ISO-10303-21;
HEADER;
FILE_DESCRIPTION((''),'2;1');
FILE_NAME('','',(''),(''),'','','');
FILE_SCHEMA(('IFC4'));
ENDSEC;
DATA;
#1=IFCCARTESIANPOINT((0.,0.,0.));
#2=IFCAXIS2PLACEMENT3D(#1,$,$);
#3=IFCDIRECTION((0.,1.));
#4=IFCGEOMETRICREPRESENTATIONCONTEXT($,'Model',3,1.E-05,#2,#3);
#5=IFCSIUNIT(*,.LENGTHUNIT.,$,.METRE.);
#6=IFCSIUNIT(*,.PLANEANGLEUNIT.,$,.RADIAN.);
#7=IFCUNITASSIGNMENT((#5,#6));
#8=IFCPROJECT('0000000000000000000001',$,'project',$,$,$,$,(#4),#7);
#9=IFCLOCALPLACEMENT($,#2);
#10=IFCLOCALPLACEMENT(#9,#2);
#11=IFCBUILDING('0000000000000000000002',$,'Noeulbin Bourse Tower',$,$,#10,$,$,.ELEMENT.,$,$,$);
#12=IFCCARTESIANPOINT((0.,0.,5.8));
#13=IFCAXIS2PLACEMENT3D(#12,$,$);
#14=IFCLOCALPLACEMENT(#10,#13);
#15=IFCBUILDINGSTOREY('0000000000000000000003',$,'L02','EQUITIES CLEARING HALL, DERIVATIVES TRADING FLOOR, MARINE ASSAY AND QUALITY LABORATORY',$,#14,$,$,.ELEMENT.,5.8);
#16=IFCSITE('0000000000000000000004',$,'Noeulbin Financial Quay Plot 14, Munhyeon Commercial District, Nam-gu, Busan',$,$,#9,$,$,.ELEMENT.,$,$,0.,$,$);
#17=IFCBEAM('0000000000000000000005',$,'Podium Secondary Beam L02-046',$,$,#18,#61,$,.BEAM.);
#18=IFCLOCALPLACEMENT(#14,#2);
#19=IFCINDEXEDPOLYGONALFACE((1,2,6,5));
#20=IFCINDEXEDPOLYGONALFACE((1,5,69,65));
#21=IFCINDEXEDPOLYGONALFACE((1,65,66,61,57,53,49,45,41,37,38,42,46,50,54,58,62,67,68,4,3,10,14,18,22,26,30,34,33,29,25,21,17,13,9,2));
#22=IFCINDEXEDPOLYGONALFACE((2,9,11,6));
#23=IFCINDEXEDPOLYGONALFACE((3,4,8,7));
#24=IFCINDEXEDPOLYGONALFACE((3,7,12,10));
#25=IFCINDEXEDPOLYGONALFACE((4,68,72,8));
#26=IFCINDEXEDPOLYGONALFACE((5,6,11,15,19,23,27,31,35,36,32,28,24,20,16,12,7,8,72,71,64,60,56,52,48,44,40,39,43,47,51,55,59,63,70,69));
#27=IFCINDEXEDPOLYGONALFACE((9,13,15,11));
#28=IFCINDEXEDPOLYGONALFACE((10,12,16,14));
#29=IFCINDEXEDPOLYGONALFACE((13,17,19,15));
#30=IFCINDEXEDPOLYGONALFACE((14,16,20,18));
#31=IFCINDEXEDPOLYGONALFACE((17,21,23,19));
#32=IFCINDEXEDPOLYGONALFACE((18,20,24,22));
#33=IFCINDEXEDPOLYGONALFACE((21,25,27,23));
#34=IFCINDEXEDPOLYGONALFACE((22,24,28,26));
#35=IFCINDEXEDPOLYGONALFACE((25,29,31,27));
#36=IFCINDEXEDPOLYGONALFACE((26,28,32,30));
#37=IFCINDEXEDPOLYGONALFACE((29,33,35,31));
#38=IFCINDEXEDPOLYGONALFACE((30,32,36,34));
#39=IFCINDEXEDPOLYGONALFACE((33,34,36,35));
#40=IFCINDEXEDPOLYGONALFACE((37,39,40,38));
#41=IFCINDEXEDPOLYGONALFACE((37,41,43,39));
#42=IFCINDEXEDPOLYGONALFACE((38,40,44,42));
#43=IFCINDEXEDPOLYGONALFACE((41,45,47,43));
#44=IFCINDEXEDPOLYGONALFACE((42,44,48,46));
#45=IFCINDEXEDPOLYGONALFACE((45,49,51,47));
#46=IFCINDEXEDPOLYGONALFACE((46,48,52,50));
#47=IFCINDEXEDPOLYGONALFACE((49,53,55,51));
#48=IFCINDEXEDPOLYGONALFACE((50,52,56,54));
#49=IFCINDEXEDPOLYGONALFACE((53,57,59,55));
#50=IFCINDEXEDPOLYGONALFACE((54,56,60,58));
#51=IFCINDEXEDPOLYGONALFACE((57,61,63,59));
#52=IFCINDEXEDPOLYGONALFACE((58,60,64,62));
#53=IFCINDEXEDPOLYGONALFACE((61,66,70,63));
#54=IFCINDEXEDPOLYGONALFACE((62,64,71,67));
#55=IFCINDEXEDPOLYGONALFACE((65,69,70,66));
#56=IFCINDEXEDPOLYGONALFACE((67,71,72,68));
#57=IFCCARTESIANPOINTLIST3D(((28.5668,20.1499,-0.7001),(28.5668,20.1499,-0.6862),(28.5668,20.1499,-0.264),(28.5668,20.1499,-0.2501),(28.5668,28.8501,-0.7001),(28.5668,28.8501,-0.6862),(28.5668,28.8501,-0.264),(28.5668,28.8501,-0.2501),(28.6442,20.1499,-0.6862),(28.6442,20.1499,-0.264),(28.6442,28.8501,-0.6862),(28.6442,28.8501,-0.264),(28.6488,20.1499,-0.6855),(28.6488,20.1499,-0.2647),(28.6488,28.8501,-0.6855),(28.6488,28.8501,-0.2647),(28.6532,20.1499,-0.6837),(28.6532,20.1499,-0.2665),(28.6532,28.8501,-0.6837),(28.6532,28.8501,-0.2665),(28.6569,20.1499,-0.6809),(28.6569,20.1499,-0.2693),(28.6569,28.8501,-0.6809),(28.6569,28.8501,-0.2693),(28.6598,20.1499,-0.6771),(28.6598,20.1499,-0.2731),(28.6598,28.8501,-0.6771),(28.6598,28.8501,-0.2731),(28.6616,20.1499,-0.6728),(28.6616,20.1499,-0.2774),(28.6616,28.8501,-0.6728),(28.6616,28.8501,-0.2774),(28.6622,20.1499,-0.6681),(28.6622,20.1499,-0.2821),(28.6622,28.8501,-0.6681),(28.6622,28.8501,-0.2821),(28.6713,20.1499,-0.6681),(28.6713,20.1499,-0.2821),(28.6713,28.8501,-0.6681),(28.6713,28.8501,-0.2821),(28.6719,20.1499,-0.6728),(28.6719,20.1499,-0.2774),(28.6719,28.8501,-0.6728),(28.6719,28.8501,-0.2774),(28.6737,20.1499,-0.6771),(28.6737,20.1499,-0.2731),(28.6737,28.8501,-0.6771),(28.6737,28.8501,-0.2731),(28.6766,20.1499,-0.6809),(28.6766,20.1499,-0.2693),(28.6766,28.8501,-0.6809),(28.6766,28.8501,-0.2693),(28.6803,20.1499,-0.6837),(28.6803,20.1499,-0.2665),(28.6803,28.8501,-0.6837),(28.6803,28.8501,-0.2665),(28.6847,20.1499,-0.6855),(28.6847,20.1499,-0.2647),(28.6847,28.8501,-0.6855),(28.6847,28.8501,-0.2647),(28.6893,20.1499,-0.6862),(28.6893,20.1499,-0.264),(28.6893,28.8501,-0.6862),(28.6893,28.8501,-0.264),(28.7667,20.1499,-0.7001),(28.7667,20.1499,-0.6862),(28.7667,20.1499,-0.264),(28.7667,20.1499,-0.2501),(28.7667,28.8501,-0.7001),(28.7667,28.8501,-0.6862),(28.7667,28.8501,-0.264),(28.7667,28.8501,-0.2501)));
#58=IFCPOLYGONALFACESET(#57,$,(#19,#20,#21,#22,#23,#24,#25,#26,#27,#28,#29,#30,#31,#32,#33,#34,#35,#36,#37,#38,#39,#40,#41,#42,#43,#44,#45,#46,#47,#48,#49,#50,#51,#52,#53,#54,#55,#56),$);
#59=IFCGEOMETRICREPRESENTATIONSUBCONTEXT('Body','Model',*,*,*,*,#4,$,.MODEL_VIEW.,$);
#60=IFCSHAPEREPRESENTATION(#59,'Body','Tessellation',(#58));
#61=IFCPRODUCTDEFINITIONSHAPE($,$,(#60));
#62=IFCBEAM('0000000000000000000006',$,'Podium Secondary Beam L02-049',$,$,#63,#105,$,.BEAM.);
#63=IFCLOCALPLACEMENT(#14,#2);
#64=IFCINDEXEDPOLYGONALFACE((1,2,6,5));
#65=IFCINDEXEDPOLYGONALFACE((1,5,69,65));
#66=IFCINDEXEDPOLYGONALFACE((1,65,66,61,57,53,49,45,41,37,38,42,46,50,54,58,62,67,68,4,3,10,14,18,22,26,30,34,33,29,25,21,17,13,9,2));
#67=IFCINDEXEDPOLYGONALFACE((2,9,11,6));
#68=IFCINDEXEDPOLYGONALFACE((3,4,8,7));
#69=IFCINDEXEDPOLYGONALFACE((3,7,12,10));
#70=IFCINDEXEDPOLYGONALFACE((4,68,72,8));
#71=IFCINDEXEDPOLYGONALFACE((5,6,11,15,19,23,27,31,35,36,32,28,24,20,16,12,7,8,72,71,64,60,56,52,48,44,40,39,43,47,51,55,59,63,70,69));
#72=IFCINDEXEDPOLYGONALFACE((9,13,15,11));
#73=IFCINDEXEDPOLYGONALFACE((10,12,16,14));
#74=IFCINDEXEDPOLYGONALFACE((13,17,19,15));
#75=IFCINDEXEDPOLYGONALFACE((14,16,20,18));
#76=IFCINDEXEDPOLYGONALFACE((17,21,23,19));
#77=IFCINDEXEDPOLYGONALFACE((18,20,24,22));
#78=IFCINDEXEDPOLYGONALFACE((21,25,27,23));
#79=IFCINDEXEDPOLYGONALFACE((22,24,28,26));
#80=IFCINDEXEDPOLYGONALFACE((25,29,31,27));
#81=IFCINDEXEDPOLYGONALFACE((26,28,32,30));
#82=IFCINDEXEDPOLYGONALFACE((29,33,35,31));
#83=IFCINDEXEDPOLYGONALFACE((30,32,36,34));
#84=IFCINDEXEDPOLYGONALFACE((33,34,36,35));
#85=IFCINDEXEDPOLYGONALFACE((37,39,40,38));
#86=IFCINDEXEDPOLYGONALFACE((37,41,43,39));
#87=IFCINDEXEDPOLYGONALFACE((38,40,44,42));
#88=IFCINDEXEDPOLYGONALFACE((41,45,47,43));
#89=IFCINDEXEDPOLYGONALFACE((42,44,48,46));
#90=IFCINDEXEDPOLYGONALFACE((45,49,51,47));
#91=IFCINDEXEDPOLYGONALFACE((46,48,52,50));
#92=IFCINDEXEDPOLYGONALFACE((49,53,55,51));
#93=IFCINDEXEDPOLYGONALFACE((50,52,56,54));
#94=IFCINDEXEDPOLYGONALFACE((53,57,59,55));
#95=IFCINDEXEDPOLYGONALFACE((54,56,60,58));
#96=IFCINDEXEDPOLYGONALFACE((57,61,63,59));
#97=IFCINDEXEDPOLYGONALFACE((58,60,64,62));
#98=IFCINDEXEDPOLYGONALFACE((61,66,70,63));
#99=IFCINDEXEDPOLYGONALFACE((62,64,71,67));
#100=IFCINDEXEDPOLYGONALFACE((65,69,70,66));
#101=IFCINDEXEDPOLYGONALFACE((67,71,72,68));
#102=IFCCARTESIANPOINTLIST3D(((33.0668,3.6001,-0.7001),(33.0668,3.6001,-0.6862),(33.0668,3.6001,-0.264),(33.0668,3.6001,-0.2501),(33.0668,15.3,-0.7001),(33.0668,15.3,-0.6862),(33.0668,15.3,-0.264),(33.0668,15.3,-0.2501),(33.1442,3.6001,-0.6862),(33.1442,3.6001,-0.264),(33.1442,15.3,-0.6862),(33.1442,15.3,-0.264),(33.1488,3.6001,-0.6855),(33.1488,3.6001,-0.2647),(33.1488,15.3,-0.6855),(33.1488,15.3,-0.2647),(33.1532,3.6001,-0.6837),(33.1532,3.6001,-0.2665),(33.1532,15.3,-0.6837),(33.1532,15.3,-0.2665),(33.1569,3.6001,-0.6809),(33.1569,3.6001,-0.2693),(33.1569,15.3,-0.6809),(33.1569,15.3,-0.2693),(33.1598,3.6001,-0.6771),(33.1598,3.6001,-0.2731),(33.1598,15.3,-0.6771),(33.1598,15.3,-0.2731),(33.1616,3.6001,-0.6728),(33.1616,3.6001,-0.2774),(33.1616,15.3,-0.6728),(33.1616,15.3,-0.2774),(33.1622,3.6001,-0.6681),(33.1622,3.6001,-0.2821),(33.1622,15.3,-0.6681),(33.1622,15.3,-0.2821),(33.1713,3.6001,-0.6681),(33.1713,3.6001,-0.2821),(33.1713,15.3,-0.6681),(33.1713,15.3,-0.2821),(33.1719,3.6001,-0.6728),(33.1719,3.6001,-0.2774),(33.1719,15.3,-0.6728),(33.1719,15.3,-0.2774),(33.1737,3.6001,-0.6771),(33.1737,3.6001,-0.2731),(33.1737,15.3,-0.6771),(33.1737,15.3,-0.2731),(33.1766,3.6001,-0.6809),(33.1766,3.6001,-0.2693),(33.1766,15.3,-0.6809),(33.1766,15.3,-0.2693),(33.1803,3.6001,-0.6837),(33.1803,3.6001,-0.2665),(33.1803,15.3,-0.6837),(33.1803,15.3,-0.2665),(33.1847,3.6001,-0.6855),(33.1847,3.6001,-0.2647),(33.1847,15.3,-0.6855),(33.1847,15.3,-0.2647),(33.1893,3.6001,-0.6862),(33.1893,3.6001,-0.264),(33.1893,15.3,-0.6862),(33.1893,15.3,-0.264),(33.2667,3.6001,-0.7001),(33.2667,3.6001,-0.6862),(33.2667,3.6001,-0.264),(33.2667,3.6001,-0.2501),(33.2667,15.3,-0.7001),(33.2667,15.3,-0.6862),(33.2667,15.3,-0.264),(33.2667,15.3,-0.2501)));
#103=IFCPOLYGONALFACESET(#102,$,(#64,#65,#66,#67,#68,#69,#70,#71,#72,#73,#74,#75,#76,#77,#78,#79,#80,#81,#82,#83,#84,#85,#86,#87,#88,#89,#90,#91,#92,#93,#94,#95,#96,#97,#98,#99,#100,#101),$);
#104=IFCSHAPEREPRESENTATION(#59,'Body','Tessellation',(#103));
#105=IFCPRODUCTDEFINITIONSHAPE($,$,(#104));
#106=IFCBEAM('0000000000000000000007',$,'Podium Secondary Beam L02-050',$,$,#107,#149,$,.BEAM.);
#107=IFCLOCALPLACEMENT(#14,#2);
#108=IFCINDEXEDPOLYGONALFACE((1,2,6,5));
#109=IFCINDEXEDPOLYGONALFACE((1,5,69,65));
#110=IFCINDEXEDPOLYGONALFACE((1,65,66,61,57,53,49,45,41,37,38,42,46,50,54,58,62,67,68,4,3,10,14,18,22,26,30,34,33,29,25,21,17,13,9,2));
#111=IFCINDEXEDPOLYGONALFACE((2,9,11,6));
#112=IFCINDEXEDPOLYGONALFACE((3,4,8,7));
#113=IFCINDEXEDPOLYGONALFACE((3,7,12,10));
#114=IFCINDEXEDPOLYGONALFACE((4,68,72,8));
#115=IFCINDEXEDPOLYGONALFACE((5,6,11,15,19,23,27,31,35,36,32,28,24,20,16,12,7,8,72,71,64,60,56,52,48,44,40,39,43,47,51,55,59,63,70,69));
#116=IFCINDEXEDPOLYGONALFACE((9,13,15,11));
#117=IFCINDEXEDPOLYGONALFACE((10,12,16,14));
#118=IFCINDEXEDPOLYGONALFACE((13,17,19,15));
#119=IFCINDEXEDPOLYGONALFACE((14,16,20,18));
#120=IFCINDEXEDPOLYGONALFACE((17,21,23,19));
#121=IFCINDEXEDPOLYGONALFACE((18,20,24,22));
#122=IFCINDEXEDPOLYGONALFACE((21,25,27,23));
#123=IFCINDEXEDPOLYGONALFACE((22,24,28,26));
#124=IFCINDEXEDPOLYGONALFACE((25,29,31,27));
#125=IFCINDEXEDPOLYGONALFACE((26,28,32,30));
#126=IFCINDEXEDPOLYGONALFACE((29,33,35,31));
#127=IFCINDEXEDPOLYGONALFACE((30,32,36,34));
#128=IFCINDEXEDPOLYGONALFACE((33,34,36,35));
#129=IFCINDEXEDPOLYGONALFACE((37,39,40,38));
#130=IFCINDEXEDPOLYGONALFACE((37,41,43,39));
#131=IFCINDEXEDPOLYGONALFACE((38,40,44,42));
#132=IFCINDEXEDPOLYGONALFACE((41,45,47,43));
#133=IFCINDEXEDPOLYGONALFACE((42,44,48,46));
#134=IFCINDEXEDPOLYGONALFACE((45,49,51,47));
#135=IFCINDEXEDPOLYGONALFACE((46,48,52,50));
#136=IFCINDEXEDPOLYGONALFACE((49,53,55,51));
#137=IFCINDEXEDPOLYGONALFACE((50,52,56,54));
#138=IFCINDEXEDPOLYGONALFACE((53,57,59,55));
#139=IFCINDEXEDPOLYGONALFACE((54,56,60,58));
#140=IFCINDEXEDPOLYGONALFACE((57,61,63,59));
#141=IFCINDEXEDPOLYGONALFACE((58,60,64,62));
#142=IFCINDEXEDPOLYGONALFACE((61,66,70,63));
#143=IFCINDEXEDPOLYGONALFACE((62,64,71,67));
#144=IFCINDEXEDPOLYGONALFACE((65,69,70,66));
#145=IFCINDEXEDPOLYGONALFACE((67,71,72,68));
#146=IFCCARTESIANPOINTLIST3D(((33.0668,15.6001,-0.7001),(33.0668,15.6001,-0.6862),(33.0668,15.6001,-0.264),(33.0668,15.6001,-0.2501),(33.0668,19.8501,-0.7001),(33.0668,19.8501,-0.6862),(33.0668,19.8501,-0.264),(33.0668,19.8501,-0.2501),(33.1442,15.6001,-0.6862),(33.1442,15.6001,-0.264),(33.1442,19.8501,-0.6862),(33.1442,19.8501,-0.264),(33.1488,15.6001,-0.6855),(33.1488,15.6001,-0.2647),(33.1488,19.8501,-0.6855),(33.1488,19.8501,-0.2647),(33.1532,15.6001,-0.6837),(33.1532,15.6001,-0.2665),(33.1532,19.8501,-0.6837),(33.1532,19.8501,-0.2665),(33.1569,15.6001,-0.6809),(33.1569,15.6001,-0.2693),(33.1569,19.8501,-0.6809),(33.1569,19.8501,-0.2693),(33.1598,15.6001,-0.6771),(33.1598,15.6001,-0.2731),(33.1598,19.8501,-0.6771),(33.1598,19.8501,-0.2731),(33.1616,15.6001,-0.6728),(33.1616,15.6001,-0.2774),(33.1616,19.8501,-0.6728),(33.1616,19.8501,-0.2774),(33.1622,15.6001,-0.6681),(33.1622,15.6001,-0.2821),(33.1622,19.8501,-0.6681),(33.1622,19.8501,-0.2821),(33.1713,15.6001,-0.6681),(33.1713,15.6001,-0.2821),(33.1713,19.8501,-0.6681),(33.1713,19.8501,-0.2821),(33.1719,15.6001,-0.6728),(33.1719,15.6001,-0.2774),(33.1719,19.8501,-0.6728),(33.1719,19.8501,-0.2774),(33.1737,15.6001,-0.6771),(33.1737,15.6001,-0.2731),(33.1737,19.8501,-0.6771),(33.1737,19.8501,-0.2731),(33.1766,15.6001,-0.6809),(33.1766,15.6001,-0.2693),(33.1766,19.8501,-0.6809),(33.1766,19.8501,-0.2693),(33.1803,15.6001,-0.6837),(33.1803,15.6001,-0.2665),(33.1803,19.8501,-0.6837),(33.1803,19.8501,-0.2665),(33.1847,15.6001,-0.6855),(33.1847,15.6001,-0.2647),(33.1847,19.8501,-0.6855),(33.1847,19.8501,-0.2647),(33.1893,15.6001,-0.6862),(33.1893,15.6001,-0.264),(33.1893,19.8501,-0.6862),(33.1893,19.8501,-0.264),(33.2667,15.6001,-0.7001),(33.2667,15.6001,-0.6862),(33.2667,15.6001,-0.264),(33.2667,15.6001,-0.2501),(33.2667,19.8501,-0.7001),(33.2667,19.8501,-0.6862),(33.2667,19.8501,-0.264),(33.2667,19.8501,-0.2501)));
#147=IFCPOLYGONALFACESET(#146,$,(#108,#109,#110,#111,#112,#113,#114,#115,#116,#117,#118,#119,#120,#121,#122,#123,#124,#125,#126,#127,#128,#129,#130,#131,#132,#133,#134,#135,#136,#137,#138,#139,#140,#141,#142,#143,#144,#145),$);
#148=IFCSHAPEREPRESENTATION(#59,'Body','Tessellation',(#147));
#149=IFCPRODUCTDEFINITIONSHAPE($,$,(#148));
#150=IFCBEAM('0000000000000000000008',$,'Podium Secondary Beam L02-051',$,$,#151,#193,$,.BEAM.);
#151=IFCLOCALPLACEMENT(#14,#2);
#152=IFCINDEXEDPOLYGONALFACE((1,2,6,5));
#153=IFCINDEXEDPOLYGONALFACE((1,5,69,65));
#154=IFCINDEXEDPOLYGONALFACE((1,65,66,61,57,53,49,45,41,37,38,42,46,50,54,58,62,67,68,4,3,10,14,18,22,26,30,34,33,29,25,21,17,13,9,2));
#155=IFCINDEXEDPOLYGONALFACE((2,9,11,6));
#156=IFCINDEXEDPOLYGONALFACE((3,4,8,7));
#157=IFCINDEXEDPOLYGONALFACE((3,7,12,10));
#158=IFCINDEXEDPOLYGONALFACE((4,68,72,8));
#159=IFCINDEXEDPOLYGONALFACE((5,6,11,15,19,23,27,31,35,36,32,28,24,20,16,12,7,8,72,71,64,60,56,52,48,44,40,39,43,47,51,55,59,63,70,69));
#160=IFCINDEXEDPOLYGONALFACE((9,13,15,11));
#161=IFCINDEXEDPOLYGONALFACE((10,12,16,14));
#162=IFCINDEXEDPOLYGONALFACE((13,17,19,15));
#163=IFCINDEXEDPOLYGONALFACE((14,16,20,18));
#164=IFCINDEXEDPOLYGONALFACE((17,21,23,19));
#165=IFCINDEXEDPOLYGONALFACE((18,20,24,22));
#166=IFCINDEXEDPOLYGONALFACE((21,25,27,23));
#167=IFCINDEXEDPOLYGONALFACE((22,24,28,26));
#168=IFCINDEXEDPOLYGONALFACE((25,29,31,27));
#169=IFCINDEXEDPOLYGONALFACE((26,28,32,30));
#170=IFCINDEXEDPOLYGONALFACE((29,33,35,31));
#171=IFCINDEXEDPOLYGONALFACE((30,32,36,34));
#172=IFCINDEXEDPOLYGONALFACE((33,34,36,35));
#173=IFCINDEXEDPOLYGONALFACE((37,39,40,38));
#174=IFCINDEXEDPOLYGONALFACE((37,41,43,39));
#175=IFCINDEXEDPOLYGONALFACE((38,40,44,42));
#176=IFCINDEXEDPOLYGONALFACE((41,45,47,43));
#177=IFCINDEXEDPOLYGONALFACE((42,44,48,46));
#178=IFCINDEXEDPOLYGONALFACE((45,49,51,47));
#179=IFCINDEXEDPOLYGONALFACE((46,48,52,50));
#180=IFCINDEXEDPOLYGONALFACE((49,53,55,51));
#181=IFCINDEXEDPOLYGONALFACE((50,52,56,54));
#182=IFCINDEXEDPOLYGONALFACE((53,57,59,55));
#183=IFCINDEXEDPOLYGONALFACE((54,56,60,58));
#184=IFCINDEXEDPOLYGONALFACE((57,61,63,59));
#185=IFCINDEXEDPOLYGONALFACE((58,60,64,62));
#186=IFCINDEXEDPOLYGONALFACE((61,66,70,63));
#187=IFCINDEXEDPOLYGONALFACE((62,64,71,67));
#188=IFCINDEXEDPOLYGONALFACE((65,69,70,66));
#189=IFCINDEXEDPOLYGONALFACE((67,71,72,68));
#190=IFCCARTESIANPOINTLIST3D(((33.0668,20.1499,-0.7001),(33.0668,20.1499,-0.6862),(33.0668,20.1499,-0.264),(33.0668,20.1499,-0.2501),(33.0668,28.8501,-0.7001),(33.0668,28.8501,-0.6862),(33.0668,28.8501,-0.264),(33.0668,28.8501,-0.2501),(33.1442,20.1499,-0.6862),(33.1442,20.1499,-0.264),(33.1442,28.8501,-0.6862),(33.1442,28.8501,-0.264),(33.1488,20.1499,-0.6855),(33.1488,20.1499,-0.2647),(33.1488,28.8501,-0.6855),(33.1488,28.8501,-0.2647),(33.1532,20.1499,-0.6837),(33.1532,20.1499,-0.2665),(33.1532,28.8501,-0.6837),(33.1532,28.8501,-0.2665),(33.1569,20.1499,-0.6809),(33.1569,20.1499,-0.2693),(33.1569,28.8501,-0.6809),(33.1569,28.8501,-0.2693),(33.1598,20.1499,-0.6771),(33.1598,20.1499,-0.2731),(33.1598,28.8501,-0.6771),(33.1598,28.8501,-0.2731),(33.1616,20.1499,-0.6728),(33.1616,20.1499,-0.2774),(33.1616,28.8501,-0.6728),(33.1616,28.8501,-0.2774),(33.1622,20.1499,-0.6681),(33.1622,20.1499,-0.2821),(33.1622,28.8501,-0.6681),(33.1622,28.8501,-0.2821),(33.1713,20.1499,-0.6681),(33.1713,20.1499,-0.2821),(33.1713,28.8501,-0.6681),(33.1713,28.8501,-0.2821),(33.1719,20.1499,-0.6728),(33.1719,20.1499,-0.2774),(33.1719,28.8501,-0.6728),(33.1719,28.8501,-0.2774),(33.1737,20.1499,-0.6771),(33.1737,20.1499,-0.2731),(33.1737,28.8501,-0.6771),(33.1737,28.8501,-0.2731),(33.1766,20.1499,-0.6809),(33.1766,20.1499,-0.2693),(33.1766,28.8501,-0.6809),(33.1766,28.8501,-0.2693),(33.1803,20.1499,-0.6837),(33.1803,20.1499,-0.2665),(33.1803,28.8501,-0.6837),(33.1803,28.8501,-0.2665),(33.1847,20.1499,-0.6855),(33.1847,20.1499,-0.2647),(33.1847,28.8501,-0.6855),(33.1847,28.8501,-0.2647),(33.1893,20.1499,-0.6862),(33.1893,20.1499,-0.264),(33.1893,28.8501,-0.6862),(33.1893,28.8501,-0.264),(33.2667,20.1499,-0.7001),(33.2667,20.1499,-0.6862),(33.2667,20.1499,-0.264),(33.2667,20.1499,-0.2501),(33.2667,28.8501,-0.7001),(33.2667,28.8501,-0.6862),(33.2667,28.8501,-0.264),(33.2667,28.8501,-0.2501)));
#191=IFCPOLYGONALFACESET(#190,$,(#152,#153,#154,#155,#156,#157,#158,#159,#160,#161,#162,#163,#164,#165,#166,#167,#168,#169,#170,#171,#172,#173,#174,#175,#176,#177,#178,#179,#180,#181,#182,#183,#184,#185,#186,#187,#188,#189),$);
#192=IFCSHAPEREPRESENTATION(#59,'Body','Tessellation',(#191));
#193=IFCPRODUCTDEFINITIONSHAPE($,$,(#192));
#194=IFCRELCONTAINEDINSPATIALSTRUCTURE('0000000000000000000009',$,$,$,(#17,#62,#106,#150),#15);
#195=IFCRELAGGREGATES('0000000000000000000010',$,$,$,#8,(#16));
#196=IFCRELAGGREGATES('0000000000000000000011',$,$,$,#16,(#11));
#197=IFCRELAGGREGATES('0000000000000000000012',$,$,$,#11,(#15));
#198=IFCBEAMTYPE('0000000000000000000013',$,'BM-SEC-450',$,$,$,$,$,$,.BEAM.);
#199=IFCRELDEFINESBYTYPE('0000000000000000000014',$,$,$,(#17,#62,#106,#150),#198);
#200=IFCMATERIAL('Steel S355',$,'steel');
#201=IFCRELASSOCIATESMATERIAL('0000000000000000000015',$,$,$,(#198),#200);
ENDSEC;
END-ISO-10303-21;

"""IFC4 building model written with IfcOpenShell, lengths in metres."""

from ifc_helpers import new_model, si_unit, direction, frame, origin, origin_2d, place, context, subcontext, project, spatial, i_section, extrude, material, material_profile, profile_set, type_object, element, save


model = new_model("IFC4")

# Units and contexts
model_context = context("Model", 3, precision=1e-05, world=origin(), true_north=direction((0.0, 1.0)))
body_context = subcontext(model_context, "Body", "Model", "MODEL_VIEW")
ifc_project = project(units=[si_unit("LENGTHUNIT", "METRE"), si_unit("PLANEANGLEUNIT", "RADIAN")], contexts=[model_context])

# Site, building, storey
site_placement = place(None, origin())
site = spatial("IfcSite", under=ifc_project, at=site_placement, Name="Noeulbin Financial Quay Plot 14, Munhyeon Commercial District, Nam-gu, Busan", CompositionType="ELEMENT", RefElevation=0.0)
building_placement = place(site_placement, origin())
building = spatial("IfcBuilding", under=site, at=building_placement, Name="Noeulbin Bourse Tower", CompositionType="ELEMENT")
storey_placement = place(building_placement, frame((0.0, 0.0, 5.8)))
storey = spatial("IfcBuildingStorey", under=building, at=storey_placement, Name="L02", Description="EQUITIES CLEARING HALL, DERIVATIVES TRADING FLOOR, MARINE ASSAY AND QUALITY LABORATORY", CompositionType="ELEMENT", Elevation=5.8)

# Beams
ifc_material_1 = material(Name="Steel S355", Category="steel")
ifc_material_profile_1 = material_profile(ifc_material_1, i_section(OverallWidth=0.2, OverallDepth=0.45, WebThickness=0.009, FlangeThickness=0.0139, FilletRadius=0.0181, at=origin_2d()), Name="H-450x200x9x14", Category="LoadBearing")
ifc_profile_set_1 = profile_set([ifc_material_profile_1], Name="Steel S355")
beam_type_1 = type_object("IfcBeamType", Name="BM-SEC-450", PredefinedType="BEAM", material=ifc_profile_set_1)
beam_1_placement = place(storey_placement, frame((28.6667, 20.1499, -0.4751), z_axis=(0.0, 1.0, 0.0), x_axis=(-1.0, 0.0, 0.0)))
element("IfcBeam", 1, at=beam_1_placement, inside=storey, type_object=beam_type_1, Name="Podium Secondary Beam L02-046", PredefinedType="BEAM", context=body_context, shape_type="SweptSolid", body=[
    extrude(i_section(OverallWidth=0.2, OverallDepth=0.45, WebThickness=0.009, FlangeThickness=0.0139, FilletRadius=0.0181, at=origin_2d()), origin(), (0.0, 0.0, 1.0), 8.7002),
])
beam_2_placement = place(storey_placement, frame((33.1667, 3.6001, -0.4751), z_axis=(0.0, 1.0, 0.0), x_axis=(-1.0, 0.0, 0.0)))
element("IfcBeam", 2, at=beam_2_placement, inside=storey, type_object=beam_type_1, Name="Podium Secondary Beam L02-049", PredefinedType="BEAM", context=body_context, shape_type="SweptSolid", body=[
    extrude(i_section(OverallWidth=0.2, OverallDepth=0.45, WebThickness=0.009, FlangeThickness=0.0139, FilletRadius=0.0181, at=origin_2d()), origin(), (0.0, 0.0, 1.0), 11.7),
])
beam_3_placement = place(storey_placement, frame((33.1667, 15.6001, -0.4751), z_axis=(0.0, 1.0, 0.0), x_axis=(-1.0, 0.0, 0.0)))
element("IfcBeam", 3, at=beam_3_placement, inside=storey, type_object=beam_type_1, Name="Podium Secondary Beam L02-050", PredefinedType="BEAM", context=body_context, shape_type="SweptSolid", body=[
    extrude(i_section(OverallWidth=0.2, OverallDepth=0.45, WebThickness=0.009, FlangeThickness=0.0139, FilletRadius=0.0181, at=origin_2d()), origin(), (0.0, 0.0, 1.0), 4.25),
])
beam_4_placement = place(storey_placement, frame((33.1667, 20.1499, -0.4751), z_axis=(0.0, 1.0, 0.0), x_axis=(-1.0, 0.0, 0.0)))
element("IfcBeam", 4, at=beam_4_placement, inside=storey, type_object=beam_type_1, Name="Podium Secondary Beam L02-051", PredefinedType="BEAM", context=body_context, shape_type="SweptSolid", body=[
    extrude(i_section(OverallWidth=0.2, OverallDepth=0.45, WebThickness=0.009, FlangeThickness=0.0139, FilletRadius=0.0181, at=origin_2d()), origin(), (0.0, 0.0, 1.0), 8.7002),
])

save(model, "model.ifc")
